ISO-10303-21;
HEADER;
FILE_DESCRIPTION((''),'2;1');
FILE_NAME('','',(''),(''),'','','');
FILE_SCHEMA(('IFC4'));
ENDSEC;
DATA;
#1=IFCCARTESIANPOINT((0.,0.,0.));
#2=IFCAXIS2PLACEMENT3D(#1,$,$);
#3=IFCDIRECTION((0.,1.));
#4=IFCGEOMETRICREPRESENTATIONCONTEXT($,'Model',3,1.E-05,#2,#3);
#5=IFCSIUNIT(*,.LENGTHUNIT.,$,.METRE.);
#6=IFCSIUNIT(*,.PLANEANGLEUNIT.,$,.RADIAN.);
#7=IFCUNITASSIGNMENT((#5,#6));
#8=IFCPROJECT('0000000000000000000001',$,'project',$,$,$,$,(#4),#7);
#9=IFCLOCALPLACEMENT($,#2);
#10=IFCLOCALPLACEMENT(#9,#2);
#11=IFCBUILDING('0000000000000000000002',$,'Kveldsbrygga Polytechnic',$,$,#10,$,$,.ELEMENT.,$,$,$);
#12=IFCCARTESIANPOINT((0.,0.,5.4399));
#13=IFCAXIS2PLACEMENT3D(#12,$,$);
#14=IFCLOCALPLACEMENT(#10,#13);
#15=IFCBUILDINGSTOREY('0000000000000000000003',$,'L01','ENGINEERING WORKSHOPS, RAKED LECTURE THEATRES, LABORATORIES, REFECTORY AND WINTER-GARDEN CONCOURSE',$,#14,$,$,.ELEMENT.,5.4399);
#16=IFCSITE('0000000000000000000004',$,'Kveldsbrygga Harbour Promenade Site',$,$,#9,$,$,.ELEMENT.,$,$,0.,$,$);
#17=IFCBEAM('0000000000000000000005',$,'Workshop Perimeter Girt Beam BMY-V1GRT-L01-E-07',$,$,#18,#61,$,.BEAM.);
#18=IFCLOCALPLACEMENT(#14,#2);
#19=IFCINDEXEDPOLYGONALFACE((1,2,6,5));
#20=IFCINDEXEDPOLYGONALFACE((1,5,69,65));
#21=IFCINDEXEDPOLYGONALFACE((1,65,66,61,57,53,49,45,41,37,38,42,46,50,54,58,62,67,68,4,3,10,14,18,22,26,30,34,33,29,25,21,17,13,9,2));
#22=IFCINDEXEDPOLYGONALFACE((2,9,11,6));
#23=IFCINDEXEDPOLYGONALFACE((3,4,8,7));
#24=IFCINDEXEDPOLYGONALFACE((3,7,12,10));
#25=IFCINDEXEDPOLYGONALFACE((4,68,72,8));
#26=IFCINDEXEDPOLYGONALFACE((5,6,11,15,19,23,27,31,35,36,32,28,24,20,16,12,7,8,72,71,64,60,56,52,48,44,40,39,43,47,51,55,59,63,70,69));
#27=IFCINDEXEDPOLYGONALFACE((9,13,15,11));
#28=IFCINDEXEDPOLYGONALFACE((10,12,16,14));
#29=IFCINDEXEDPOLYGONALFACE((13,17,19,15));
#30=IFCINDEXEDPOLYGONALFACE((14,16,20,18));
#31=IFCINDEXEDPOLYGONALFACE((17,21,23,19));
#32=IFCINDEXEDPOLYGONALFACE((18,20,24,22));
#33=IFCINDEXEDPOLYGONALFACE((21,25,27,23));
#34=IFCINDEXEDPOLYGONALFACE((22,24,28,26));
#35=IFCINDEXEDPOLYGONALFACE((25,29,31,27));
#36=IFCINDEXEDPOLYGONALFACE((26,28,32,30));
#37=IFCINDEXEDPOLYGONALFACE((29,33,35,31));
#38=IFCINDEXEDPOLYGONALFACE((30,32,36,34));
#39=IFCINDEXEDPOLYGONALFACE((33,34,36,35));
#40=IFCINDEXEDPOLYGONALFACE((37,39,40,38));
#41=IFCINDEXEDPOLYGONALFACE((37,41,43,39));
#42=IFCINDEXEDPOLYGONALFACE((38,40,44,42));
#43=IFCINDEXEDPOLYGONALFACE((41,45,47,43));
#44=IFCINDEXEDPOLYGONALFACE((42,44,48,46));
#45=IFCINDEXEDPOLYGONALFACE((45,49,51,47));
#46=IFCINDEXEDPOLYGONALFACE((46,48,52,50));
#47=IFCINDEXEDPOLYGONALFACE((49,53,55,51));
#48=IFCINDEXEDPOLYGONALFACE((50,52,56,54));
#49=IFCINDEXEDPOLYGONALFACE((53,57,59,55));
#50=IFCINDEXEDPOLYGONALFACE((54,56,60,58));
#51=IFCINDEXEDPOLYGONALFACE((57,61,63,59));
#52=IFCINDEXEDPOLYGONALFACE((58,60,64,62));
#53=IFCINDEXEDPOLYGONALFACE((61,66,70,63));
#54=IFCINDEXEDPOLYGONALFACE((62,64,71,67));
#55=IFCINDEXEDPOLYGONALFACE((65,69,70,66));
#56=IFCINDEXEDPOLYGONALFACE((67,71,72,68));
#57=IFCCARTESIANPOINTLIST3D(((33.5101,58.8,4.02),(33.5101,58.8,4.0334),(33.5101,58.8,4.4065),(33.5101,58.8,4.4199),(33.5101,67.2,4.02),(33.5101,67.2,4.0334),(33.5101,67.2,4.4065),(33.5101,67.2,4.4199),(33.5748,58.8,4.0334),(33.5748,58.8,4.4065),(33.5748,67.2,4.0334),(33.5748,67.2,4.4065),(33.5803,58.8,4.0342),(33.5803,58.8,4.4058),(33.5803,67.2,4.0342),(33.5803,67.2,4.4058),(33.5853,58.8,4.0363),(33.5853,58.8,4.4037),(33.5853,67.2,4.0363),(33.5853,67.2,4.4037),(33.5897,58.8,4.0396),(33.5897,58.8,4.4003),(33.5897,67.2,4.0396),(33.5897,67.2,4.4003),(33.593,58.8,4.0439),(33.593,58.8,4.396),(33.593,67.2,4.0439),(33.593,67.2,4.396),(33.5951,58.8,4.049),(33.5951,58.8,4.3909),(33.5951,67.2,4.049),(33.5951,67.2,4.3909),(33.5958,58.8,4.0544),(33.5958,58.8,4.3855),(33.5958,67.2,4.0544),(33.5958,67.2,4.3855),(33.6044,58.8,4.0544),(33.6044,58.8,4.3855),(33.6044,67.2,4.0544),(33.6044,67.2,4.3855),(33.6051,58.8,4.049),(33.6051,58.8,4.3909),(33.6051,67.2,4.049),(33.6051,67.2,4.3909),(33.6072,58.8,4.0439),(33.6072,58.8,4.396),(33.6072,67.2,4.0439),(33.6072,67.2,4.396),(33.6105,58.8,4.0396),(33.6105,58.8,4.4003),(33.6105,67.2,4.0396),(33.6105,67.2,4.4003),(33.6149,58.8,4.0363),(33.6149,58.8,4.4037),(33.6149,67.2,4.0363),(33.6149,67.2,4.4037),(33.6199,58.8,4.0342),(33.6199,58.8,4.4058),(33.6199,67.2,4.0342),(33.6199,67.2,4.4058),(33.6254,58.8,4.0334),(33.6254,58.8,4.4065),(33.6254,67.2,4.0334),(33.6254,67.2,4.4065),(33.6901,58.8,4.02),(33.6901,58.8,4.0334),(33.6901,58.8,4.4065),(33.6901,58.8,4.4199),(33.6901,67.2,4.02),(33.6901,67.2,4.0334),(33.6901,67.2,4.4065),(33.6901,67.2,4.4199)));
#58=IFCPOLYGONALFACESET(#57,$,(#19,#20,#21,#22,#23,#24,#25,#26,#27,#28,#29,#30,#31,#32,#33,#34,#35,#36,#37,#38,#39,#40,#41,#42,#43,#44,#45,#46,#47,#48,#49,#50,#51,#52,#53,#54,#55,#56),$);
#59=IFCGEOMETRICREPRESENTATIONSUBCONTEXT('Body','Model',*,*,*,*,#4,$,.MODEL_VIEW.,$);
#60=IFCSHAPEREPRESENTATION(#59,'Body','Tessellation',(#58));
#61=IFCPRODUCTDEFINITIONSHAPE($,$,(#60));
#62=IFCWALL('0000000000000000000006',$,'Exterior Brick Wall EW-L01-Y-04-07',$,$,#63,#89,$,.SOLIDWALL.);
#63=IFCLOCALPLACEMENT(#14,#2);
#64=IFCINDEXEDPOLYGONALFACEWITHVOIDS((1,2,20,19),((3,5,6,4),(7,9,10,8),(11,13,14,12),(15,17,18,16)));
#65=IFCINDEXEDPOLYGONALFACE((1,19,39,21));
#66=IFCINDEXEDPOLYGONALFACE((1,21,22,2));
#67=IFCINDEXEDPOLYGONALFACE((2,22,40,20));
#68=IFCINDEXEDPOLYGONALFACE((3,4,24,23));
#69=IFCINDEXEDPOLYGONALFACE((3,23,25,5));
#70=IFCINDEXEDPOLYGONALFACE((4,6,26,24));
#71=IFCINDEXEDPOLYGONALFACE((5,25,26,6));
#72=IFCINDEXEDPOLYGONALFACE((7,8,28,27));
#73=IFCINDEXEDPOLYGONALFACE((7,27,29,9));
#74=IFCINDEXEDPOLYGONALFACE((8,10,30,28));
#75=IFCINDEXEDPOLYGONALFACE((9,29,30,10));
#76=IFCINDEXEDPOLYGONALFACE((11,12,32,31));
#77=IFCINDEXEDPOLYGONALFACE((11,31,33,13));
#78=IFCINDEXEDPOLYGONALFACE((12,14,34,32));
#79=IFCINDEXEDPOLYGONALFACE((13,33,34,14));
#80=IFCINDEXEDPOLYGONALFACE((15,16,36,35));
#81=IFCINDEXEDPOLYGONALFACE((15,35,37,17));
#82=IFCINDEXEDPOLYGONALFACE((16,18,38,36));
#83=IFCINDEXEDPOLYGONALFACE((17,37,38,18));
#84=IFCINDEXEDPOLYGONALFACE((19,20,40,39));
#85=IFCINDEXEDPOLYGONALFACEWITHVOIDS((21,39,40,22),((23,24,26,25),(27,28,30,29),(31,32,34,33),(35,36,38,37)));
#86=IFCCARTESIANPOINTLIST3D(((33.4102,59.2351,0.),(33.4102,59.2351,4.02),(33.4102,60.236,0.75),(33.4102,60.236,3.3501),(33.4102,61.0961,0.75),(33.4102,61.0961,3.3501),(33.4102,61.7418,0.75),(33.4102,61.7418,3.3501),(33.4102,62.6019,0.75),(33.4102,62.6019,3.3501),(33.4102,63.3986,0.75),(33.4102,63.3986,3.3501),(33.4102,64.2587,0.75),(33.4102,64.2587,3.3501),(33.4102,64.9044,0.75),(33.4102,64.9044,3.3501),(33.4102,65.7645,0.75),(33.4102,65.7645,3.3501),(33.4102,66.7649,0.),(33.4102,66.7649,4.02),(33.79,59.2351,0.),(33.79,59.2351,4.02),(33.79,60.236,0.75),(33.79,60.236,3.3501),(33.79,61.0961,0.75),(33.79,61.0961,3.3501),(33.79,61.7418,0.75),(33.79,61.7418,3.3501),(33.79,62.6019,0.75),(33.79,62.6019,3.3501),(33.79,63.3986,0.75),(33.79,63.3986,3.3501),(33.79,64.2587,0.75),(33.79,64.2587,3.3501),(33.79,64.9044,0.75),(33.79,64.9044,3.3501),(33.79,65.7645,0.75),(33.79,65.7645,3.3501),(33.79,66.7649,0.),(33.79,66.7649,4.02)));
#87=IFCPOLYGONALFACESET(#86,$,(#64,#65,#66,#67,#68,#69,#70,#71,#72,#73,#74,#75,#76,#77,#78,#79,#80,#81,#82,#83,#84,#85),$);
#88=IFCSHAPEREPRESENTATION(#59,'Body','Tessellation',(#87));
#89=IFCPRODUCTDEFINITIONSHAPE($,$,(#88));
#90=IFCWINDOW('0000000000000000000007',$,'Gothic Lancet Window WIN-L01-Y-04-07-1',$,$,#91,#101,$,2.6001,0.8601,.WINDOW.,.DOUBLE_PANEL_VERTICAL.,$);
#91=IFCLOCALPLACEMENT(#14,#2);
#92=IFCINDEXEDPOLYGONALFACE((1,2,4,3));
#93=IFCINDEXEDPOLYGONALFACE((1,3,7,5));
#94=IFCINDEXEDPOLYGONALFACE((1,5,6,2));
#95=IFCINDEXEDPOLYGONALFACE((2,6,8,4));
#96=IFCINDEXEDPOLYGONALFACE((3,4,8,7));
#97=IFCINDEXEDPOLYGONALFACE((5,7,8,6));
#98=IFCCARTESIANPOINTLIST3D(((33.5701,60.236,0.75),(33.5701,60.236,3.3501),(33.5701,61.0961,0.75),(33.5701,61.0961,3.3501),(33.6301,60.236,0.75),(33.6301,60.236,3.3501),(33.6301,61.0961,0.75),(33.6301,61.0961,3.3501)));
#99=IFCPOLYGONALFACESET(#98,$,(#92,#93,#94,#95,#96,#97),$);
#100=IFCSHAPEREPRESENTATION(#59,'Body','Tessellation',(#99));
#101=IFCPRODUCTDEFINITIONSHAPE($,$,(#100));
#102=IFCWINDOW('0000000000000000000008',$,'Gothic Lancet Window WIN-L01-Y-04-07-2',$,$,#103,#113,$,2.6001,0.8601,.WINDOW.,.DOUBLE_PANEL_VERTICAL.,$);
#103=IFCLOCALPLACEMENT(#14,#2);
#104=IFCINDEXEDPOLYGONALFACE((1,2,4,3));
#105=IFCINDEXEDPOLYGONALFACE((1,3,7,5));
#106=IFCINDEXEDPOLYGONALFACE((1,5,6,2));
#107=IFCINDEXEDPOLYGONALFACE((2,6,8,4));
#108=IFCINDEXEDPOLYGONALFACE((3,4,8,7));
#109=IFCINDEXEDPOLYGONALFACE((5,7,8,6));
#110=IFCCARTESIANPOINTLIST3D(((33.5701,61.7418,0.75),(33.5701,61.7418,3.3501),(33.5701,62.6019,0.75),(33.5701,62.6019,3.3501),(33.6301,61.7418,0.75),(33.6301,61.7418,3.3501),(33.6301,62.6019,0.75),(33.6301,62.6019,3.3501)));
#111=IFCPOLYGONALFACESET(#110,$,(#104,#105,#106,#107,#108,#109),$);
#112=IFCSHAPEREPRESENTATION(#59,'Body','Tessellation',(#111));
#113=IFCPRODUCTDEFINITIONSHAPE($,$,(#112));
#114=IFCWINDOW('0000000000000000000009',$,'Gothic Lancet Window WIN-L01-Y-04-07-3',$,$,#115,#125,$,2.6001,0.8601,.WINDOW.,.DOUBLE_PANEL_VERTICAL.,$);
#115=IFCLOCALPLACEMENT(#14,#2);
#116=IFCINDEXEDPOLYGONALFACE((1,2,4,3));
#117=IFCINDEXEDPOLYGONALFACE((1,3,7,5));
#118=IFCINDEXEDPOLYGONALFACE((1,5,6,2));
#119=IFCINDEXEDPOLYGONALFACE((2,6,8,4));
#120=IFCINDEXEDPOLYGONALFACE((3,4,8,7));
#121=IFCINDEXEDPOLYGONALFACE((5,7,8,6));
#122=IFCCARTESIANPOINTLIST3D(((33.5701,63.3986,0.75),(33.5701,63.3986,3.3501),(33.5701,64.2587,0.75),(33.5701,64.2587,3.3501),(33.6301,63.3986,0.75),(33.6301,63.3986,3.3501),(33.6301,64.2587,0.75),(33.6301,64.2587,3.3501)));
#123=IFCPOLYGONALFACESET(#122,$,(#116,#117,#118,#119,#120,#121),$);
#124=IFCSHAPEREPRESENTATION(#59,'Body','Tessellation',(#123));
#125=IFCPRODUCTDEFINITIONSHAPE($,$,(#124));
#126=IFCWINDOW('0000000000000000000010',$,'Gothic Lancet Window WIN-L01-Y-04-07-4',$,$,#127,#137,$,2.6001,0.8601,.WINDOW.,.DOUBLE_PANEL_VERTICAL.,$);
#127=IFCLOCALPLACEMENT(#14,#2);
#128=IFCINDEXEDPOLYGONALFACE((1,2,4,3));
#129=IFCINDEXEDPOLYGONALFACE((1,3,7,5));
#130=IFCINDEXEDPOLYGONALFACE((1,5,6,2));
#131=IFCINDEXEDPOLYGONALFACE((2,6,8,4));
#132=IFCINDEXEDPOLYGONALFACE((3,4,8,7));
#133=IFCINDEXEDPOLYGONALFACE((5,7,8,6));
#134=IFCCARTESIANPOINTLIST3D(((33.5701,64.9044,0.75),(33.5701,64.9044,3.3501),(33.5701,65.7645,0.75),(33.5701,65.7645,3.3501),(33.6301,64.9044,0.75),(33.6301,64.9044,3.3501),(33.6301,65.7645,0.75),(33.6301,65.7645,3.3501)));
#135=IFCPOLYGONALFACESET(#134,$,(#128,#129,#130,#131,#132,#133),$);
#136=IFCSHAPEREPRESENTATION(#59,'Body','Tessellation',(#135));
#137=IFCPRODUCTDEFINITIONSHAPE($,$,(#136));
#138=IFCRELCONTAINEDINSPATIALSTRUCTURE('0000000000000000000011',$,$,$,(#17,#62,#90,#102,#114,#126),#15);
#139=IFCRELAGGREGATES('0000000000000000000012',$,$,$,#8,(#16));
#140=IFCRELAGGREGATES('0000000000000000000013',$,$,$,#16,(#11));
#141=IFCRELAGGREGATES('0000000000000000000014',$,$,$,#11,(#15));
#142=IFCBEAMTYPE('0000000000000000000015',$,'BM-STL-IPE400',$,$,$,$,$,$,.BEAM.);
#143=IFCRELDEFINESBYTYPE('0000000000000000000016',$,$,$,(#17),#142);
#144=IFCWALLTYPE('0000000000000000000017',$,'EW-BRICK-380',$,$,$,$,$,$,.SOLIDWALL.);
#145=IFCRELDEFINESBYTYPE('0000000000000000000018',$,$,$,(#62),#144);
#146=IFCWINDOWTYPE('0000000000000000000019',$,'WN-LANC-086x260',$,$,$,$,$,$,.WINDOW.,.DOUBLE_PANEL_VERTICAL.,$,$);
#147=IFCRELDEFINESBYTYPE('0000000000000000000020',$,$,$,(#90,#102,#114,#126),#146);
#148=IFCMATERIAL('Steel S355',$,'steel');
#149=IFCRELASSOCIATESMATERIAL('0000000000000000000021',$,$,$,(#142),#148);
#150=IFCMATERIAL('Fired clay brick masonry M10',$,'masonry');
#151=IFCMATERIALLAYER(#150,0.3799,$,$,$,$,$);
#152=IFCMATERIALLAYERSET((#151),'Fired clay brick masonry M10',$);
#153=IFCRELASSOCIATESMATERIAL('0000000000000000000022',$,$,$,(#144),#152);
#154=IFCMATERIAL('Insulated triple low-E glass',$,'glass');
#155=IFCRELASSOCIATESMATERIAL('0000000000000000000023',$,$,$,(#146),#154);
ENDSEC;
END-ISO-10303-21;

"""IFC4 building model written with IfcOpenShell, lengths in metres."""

from ifc_helpers import new_model, si_unit, direction, frame, frame_2d, origin, origin_2d, place, context, subcontext, project, spatial, rectangle, i_section, extrude, material, layer, layer_set, material_profile, profile_set, type_object, element, fill, save


model = new_model("IFC4")

# Units and contexts
model_context = context("Model", 3, precision=1e-05, world=origin(), true_north=direction((0.0, 1.0)))
body_context = subcontext(model_context, "Body", "Model", "MODEL_VIEW")
ifc_project = project(units=[si_unit("LENGTHUNIT", "METRE"), si_unit("PLANEANGLEUNIT", "RADIAN")], contexts=[model_context])

# Site, building, storey
site_placement = place(None, origin())
site = spatial("IfcSite", under=ifc_project, at=site_placement, Name="Kveldsbrygga Harbour Promenade Site", CompositionType="ELEMENT", RefElevation=0.0)
building_placement = place(site_placement, origin())
building = spatial("IfcBuilding", under=site, at=building_placement, Name="Kveldsbrygga Polytechnic", CompositionType="ELEMENT")
storey_placement = place(building_placement, frame((0.0, 0.0, 5.4399)))
storey = spatial("IfcBuildingStorey", under=building, at=storey_placement, Name="L01", Description="ENGINEERING WORKSHOPS, RAKED LECTURE THEATRES, LABORATORIES, REFECTORY AND WINTER-GARDEN CONCOURSE", CompositionType="ELEMENT", Elevation=5.4399)

# Beam
ifc_material_1 = material(Name="Steel S355", Category="steel")
ifc_material_profile_1 = material_profile(ifc_material_1, i_section(OverallWidth=0.1799, OverallDepth=0.3999, WebThickness=0.0085, FlangeThickness=0.0134, FilletRadius=0.021, at=origin_2d()), Name="IPE 400")
ifc_profile_set_1 = profile_set([ifc_material_profile_1], Name="Steel S355")
beam_type_1 = type_object("IfcBeamType", Name="BM-STL-IPE400", PredefinedType="BEAM", material=ifc_profile_set_1)
beam_1_placement = place(storey_placement, frame((33.6001, 58.8, 4.22), z_axis=(0.0, 1.0, 0.0), x_axis=(-1.0, 0.0, 0.0)))
element("IfcBeam", 1, at=beam_1_placement, inside=storey, type_object=beam_type_1, Name="Workshop Perimeter Girt Beam BMY-V1GRT-L01-E-07", PredefinedType="BEAM", context=body_context, shape_type="SweptSolid", body=[
    extrude(i_section(OverallWidth=0.1799, OverallDepth=0.3999, WebThickness=0.0085, FlangeThickness=0.0134, FilletRadius=0.021, at=origin_2d()), origin(), (0.0, 0.0, 1.0), 8.3999),
])

# Wall, openings, windows
ifc_material_2 = material(Name="Fired clay brick masonry M10", Category="masonry")
ifc_layer_1 = layer(ifc_material_2, 0.3799)
ifc_layer_set_1 = layer_set([ifc_layer_1], Name="Fired clay brick masonry M10")
wall_type_1 = type_object("IfcWallType", Name="EW-BRICK-380", PredefinedType="SOLIDWALL", material=ifc_layer_set_1)
wall_1_placement = place(storey_placement, frame((33.6001, 59.2351, 0.0), z_axis=(0.0, 0.0, 1.0), x_axis=(0.0, 1.0, 0.0)))
wall_1 = element("IfcWall", 2, at=wall_1_placement, inside=storey, type_object=wall_type_1, Name="Exterior Brick Wall EW-L01-Y-04-07", PredefinedType="SOLIDWALL", context=body_context, shape_type="SweptSolid", body=[
    extrude(rectangle(XDim=7.5298, YDim=0.3799, at=frame_2d((3.7649, 0.0))), origin(), (0.0, 0.0, 1.0), 4.02),
])
opening_1_placement = place(wall_1_placement, frame((1.0007, 0.0, 0.75)))
opening_1 = element("IfcOpeningElement", 3, at=opening_1_placement, cuts=wall_1, PredefinedType="OPENING", context=body_context, shape_type="SweptSolid", body=[
    extrude(rectangle(XDim=0.8601, YDim=2.6001, at=frame_2d((0.4302, 1.3))), frame((0.0, 0.2, 0.0), z_axis=(0.0, -1.0, 0.0), x_axis=(1.0, 0.0, 0.0)), (0.0, 0.0, 1.0), 0.3999),
])
opening_2_placement = place(wall_1_placement, frame((2.5066, 0.0, 0.75)))
opening_2 = element("IfcOpeningElement", 4, at=opening_2_placement, cuts=wall_1, PredefinedType="OPENING", context=body_context, shape_type="SweptSolid", body=[
    extrude(rectangle(XDim=0.8601, YDim=2.6001, at=frame_2d((0.4302, 1.3))), frame((0.0, 0.2, 0.0), z_axis=(0.0, -1.0, 0.0), x_axis=(1.0, 0.0, 0.0)), (0.0, 0.0, 1.0), 0.3999),
])
opening_3_placement = place(wall_1_placement, frame((4.1633, 0.0, 0.75)))
opening_3 = element("IfcOpeningElement", 5, at=opening_3_placement, cuts=wall_1, PredefinedType="OPENING", context=body_context, shape_type="SweptSolid", body=[
    extrude(rectangle(XDim=0.8601, YDim=2.6001, at=frame_2d((0.4302, 1.3))), frame((0.0, 0.2, 0.0), z_axis=(0.0, -1.0, 0.0), x_axis=(1.0, 0.0, 0.0)), (0.0, 0.0, 1.0), 0.3999),
])
opening_4_placement = place(wall_1_placement, frame((5.6692, 0.0, 0.75)))
opening_4 = element("IfcOpeningElement", 6, at=opening_4_placement, cuts=wall_1, PredefinedType="OPENING", context=body_context, shape_type="SweptSolid", body=[
    extrude(rectangle(XDim=0.8601, YDim=2.6001, at=frame_2d((0.4302, 1.3))), frame((0.0, 0.2, 0.0), z_axis=(0.0, -1.0, 0.0), x_axis=(1.0, 0.0, 0.0)), (0.0, 0.0, 1.0), 0.3999),
])
ifc_material_3 = material(Name="Insulated triple low-E glass", Category="glass")
window_type_1 = type_object("IfcWindowType", Name="WN-LANC-086x260", PartitioningType="DOUBLE_PANEL_VERTICAL", PredefinedType="WINDOW", material=ifc_material_3)
window_1_placement = place(opening_1_placement, origin())
window_1 = element("IfcWindow", 7, at=window_1_placement, inside=storey, type_object=window_type_1, Name="Gothic Lancet Window WIN-L01-Y-04-07-1", OverallHeight=2.6001, OverallWidth=0.8601, PartitioningType="DOUBLE_PANEL_VERTICAL", PredefinedType="WINDOW", context=body_context, shape_type="SweptSolid", body=[
    extrude(rectangle(XDim=0.8601, YDim=2.6001, at=frame_2d((0.4302, 1.3))), frame((0.0, 0.03, 0.0), z_axis=(0.0, -1.0, 0.0), x_axis=(1.0, 0.0, 0.0)), (0.0, 0.0, 1.0), 0.0601),
])
fill(opening_1, window_1)
window_2_placement = place(opening_2_placement, origin())
window_2 = element("IfcWindow", 8, at=window_2_placement, inside=storey, type_object=window_type_1, Name="Gothic Lancet Window WIN-L01-Y-04-07-2", OverallHeight=2.6001, OverallWidth=0.8601, PartitioningType="DOUBLE_PANEL_VERTICAL", PredefinedType="WINDOW", context=body_context, shape_type="SweptSolid", body=[
    extrude(rectangle(XDim=0.8601, YDim=2.6001, at=frame_2d((0.4302, 1.3))), frame((0.0, 0.03, 0.0), z_axis=(0.0, -1.0, 0.0), x_axis=(1.0, 0.0, 0.0)), (0.0, 0.0, 1.0), 0.0601),
])
fill(opening_2, window_2)
window_3_placement = place(opening_3_placement, origin())
window_3 = element("IfcWindow", 9, at=window_3_placement, inside=storey, type_object=window_type_1, Name="Gothic Lancet Window WIN-L01-Y-04-07-3", OverallHeight=2.6001, OverallWidth=0.8601, PartitioningType="DOUBLE_PANEL_VERTICAL", PredefinedType="WINDOW", context=body_context, shape_type="SweptSolid", body=[
    extrude(rectangle(XDim=0.8601, YDim=2.6001, at=frame_2d((0.4302, 1.3))), frame((0.0, 0.03, 0.0), z_axis=(0.0, -1.0, 0.0), x_axis=(1.0, 0.0, 0.0)), (0.0, 0.0, 1.0), 0.0601),
])
fill(opening_3, window_3)
window_4_placement = place(opening_4_placement, origin())
window_4 = element("IfcWindow", 10, at=window_4_placement, inside=storey, type_object=window_type_1, Name="Gothic Lancet Window WIN-L01-Y-04-07-4", OverallHeight=2.6001, OverallWidth=0.8601, PartitioningType="DOUBLE_PANEL_VERTICAL", PredefinedType="WINDOW", context=body_context, shape_type="SweptSolid", body=[
    extrude(rectangle(XDim=0.8601, YDim=2.6001, at=frame_2d((0.4302, 1.3))), frame((0.0, 0.03, 0.0), z_axis=(0.0, -1.0, 0.0), x_axis=(1.0, 0.0, 0.0)), (0.0, 0.0, 1.0), 0.0601),
])
fill(opening_4, window_4)

save(model, "model.ifc")
